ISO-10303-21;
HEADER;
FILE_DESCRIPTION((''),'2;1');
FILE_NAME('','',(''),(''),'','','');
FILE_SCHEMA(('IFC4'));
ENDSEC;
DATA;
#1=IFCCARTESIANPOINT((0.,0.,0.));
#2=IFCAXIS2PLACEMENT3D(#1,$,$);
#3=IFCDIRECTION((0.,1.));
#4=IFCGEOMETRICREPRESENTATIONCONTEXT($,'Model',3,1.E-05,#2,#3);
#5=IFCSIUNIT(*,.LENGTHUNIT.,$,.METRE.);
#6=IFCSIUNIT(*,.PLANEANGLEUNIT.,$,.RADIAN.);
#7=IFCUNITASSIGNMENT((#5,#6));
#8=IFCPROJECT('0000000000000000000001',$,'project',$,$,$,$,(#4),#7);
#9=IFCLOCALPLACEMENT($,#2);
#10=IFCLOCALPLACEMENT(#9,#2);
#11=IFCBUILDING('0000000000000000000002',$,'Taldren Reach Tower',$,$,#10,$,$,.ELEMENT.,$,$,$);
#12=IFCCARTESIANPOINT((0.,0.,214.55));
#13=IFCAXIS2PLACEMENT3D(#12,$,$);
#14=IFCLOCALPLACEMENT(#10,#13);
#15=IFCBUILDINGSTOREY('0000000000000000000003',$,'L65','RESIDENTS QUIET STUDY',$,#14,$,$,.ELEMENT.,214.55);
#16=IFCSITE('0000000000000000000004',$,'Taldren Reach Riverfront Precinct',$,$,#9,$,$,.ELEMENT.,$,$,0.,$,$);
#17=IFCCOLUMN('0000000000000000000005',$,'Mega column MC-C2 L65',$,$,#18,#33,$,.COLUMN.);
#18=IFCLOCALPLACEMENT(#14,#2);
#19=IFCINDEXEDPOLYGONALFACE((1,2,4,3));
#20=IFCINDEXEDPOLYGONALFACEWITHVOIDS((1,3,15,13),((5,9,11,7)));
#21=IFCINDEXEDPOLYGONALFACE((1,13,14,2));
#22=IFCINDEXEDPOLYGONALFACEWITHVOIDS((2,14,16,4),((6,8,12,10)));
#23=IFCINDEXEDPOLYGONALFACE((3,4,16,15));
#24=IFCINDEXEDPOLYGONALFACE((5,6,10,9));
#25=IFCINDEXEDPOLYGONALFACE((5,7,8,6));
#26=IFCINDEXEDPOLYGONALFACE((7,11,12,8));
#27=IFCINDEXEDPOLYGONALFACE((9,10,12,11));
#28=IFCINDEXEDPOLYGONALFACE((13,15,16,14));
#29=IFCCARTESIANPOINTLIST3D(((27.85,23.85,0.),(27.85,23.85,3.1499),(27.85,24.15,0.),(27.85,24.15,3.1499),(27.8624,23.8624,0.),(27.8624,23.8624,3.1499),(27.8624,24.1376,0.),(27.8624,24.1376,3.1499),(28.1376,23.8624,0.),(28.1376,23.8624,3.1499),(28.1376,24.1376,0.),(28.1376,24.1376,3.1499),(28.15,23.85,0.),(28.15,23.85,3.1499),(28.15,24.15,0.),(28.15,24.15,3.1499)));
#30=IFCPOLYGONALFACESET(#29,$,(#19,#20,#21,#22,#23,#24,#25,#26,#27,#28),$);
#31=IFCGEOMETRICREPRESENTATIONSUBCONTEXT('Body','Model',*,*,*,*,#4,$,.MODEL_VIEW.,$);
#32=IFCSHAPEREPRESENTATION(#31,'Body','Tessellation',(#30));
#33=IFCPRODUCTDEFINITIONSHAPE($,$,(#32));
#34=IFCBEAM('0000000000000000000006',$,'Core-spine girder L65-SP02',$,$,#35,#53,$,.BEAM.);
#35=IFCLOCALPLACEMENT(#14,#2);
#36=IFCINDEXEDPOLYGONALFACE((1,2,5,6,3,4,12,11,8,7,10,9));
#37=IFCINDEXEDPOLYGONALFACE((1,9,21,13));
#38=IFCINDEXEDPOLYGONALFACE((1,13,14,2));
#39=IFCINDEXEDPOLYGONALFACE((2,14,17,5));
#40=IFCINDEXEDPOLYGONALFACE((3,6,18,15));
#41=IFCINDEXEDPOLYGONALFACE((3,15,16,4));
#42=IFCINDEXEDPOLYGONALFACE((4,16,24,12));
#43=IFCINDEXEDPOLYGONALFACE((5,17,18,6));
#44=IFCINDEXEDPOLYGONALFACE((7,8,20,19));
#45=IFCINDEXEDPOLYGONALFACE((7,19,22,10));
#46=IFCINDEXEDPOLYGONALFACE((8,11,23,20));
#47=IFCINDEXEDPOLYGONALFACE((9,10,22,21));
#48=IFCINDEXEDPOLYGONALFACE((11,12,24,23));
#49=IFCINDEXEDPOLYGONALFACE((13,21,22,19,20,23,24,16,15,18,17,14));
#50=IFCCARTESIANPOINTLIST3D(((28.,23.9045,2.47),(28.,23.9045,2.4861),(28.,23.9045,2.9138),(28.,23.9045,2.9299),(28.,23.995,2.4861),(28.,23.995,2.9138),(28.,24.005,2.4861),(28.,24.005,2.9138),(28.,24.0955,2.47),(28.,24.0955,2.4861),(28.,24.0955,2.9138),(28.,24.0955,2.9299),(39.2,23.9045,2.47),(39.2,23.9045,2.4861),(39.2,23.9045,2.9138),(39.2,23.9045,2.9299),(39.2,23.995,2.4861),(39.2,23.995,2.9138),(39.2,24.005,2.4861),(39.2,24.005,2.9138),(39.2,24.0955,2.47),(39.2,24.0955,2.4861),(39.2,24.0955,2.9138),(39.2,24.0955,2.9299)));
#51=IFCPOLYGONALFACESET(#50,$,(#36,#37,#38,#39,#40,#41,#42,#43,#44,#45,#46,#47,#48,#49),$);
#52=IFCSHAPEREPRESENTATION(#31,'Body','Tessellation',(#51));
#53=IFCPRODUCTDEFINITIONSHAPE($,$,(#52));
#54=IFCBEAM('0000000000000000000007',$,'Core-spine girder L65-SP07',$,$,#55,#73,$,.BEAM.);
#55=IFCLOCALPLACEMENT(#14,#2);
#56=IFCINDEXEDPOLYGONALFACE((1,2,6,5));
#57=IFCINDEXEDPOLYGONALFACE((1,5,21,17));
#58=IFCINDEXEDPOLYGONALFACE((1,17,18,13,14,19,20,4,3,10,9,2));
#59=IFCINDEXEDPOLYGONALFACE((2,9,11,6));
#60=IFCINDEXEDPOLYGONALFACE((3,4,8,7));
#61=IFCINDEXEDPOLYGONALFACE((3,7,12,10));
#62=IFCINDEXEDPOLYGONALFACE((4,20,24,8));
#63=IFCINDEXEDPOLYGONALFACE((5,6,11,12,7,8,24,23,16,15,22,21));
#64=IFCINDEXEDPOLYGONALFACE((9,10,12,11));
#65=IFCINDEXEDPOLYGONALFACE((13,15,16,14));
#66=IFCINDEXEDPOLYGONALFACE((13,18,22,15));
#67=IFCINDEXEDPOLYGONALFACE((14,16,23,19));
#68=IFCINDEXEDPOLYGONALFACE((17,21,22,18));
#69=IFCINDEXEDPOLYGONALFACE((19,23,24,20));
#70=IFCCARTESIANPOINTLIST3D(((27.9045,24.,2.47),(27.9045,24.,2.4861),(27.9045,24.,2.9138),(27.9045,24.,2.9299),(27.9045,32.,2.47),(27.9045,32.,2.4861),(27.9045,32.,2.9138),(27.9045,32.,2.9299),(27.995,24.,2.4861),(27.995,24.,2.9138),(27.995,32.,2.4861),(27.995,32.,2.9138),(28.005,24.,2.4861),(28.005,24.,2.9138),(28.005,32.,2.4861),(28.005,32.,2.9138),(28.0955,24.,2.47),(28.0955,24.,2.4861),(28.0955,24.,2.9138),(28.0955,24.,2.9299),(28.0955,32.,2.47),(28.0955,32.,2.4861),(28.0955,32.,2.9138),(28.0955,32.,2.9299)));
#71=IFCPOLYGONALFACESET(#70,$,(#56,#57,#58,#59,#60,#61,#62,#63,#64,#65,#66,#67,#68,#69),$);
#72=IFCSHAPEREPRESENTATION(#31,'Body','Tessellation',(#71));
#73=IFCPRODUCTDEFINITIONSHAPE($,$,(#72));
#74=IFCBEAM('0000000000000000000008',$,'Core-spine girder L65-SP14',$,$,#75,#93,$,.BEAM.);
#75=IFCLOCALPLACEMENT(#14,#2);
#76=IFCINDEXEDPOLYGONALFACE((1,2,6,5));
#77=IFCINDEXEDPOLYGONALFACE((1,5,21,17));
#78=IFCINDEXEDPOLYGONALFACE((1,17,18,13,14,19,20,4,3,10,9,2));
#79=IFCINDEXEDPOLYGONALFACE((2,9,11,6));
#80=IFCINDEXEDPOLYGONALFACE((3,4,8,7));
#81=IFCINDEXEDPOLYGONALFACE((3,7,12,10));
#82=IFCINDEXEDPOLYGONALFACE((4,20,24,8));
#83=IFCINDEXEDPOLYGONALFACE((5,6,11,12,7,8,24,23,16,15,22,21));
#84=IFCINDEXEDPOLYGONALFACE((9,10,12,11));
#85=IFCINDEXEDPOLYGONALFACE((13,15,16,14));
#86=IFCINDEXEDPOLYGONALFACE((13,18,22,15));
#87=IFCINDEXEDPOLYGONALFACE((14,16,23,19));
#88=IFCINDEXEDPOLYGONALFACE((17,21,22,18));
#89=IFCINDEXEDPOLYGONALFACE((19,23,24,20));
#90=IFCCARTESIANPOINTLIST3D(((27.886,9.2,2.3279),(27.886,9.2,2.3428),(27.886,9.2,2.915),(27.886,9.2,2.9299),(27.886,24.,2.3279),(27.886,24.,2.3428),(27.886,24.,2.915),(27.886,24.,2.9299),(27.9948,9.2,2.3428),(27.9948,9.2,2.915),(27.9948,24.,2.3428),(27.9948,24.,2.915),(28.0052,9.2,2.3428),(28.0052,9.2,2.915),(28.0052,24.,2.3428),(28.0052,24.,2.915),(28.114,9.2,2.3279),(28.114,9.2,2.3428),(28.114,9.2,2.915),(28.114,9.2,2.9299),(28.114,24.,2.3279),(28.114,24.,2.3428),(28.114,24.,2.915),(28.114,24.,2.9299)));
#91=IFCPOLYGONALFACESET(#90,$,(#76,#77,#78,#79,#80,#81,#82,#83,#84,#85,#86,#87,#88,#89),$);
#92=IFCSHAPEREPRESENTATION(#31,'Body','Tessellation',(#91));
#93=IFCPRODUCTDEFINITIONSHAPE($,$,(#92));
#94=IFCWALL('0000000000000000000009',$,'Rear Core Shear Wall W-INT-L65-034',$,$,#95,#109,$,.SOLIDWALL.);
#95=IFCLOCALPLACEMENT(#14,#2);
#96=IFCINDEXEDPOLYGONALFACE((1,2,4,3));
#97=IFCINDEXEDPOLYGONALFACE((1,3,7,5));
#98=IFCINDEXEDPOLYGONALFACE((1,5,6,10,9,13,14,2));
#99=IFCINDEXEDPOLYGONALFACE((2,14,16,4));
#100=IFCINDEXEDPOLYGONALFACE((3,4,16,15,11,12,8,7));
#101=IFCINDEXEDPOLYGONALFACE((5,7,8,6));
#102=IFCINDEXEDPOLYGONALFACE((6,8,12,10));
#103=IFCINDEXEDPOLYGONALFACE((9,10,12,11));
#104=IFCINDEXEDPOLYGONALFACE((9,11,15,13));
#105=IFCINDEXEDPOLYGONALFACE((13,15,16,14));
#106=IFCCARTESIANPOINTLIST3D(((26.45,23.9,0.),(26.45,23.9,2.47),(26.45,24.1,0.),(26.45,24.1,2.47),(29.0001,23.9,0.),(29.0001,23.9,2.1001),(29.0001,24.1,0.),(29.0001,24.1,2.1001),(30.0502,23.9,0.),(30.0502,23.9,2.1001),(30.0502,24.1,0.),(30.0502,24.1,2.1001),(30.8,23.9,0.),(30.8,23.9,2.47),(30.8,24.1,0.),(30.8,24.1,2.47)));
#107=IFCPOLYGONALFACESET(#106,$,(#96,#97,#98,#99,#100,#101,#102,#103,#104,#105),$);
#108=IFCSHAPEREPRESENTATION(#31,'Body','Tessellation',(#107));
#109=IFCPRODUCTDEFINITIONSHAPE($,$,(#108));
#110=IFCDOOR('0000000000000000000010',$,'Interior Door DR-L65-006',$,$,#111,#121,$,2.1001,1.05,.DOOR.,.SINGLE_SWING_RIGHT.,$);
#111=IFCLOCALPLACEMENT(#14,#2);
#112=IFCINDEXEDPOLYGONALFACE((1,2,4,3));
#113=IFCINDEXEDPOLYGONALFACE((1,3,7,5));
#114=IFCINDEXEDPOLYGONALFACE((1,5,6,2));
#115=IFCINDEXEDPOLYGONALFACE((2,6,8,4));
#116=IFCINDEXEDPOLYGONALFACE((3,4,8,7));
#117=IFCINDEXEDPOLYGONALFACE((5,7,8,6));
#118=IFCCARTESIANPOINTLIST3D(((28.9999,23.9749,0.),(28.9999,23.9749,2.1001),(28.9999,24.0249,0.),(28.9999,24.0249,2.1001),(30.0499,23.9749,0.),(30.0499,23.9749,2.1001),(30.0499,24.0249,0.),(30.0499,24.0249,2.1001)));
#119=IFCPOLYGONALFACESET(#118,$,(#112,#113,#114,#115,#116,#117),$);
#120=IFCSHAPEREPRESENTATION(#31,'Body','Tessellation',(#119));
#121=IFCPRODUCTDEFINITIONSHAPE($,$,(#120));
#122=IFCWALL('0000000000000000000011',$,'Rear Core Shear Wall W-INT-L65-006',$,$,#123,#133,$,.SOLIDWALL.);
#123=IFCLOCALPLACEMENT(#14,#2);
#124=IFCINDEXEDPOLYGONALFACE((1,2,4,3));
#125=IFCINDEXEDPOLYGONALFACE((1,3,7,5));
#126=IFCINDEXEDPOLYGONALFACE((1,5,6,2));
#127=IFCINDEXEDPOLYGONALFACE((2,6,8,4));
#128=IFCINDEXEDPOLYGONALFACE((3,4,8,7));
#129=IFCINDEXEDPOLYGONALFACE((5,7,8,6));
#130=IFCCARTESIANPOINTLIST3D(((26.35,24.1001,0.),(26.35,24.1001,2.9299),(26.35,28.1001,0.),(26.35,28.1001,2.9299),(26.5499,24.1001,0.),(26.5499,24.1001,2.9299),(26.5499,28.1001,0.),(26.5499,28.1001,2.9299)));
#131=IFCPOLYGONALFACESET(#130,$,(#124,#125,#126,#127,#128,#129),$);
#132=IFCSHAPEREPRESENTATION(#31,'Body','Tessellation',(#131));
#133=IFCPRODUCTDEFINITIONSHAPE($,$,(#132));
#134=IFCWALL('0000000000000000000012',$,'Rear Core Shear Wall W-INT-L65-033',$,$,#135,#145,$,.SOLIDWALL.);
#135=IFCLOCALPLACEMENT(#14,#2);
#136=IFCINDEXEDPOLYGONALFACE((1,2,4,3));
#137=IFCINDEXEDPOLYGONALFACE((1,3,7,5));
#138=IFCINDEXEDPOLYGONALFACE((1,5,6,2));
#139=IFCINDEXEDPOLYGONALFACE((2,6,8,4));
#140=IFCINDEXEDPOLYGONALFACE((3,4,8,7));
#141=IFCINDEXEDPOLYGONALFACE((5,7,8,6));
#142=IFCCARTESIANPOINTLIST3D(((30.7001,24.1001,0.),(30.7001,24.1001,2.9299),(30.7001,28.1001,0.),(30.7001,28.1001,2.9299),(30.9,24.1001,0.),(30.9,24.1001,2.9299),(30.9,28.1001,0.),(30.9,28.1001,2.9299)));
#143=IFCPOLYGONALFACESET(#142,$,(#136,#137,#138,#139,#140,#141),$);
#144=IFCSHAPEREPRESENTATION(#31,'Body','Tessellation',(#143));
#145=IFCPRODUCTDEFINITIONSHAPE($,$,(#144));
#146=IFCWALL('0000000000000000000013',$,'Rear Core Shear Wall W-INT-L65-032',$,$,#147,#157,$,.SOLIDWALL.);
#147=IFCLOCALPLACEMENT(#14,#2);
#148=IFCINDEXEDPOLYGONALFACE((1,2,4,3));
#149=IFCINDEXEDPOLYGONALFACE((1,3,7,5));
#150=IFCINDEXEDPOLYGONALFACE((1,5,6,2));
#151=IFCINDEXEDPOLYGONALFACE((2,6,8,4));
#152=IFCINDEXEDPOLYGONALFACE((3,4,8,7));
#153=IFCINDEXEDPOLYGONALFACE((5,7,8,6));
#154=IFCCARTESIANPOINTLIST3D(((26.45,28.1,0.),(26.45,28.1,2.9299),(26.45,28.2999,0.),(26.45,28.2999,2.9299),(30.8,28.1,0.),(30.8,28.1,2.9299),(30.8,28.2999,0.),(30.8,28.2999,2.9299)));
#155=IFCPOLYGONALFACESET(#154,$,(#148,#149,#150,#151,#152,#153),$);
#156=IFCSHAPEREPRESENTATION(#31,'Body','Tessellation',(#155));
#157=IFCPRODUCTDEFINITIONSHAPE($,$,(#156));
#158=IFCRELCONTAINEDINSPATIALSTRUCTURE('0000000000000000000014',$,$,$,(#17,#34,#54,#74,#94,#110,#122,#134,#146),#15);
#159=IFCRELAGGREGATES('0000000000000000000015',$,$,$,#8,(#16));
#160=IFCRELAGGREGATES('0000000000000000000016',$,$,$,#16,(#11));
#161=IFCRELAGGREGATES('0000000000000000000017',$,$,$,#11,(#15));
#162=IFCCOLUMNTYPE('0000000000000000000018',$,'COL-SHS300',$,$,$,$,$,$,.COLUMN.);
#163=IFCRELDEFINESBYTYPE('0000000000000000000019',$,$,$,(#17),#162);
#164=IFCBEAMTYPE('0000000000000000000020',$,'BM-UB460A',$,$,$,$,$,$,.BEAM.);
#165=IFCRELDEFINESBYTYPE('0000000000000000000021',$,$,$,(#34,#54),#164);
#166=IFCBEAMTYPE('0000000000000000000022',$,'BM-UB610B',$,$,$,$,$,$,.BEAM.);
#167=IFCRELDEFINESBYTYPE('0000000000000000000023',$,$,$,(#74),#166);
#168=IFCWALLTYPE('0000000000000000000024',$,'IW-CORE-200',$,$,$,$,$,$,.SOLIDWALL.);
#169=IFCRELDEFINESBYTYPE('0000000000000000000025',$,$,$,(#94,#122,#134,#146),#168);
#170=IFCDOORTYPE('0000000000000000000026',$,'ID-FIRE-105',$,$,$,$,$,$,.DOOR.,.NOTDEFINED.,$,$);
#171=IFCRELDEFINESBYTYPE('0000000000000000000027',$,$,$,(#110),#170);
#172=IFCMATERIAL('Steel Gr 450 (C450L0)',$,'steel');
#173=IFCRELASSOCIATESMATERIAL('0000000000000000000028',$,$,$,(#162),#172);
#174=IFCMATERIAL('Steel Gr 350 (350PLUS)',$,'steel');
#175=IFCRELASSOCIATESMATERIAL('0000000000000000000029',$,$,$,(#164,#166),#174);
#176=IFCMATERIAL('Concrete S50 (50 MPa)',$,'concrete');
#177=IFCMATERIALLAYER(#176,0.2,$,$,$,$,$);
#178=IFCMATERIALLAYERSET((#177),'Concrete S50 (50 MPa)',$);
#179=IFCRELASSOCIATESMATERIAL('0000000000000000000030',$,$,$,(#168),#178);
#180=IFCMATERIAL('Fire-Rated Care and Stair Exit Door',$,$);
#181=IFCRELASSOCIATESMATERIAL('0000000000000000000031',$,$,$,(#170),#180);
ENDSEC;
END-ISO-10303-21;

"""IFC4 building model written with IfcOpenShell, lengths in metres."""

from ifc_helpers import new_model, si_unit, direction, frame, frame_2d, origin, origin_2d, place, context, subcontext, project, spatial, rectangle, hollow_rectangle, i_section, extrude, source, transform, mapped, material, layer, layer_set, material_profile, profile_set, type_object, element, fill, save


model = new_model("IFC4")

# Units and contexts
model_context = context("Model", 3, precision=1e-05, world=origin(), true_north=direction((0.0, 1.0)))
body_context = subcontext(model_context, "Body", "Model", "MODEL_VIEW")
ifc_project = project(units=[si_unit("LENGTHUNIT", "METRE"), si_unit("PLANEANGLEUNIT", "RADIAN")], contexts=[model_context])

# Site, building, storey
site_placement = place(None, origin())
site = spatial("IfcSite", under=ifc_project, at=site_placement, Name="Taldren Reach Riverfront Precinct", CompositionType="ELEMENT", RefElevation=0.0)
building_placement = place(site_placement, origin())
building = spatial("IfcBuilding", under=site, at=building_placement, Name="Taldren Reach Tower", CompositionType="ELEMENT")
storey_placement = place(building_placement, frame((0.0, 0.0, 214.55)))
storey = spatial("IfcBuildingStorey", under=building, at=storey_placement, Name="L65", Description="RESIDENTS QUIET STUDY", CompositionType="ELEMENT", Elevation=214.55)

# Column
ifc_material_1 = material(Name="Steel Gr 450 (C450L0)", Category="steel")
ifc_material_profile_1 = material_profile(ifc_material_1, hollow_rectangle(XDim=0.3, YDim=0.3, WallThickness=0.0125, at=origin_2d()), Name="300x300x12.5SHS")
ifc_profile_set_1 = profile_set([ifc_material_profile_1], Name="Steel Gr 450 (C450L0)")
column_type = type_object("IfcColumnType", Name="COL-SHS300", PredefinedType="COLUMN", material=ifc_profile_set_1)
shared_shape_1 = source(origin(), body_context, "Body", "SweptSolid", [
    extrude(hollow_rectangle(XDim=0.3, YDim=0.3, WallThickness=0.0125, at=origin_2d()), origin(), (0.0, 0.0, 1.0), 3.1499),
])
column_placement = place(storey_placement, frame((28.0, 24.0, 0.0), z_axis=(0.0, 0.0, 1.0), x_axis=(1.0, 0.0, 0.0)))
element("IfcColumn", 1, at=column_placement, inside=storey, type_object=column_type, Name="Mega column MC-C2 L65", PredefinedType="COLUMN", context=body_context, shape_type="MappedRepresentation", body=[
    mapped(shared_shape_1, transform((0.0, 0.0, 0.0), scale=1.0)),
])

# Beams
ifc_material_2 = material(Name="Steel Gr 350 (350PLUS)", Category="steel")
ifc_material_profile_2 = material_profile(ifc_material_2, i_section(OverallWidth=0.1909, OverallDepth=0.46, WebThickness=0.01, FlangeThickness=0.0161, at=origin_2d()), Name="460UB82.1")
ifc_profile_set_2 = profile_set([ifc_material_profile_2], Name="Steel Gr 350 (350PLUS)")
beam_type_1 = type_object("IfcBeamType", Name="BM-UB460A", PredefinedType="BEAM", material=ifc_profile_set_2)
shared_shape_2 = source(origin(), body_context, "Body", "SweptSolid", [
    extrude(i_section(OverallWidth=0.1909, OverallDepth=0.46, WebThickness=0.01, FlangeThickness=0.0161, at=origin_2d()), origin(), (0.0, 0.0, 1.0), 11.2),
])
beam_1_placement = place(storey_placement, frame((28.0, 24.0, 2.7), z_axis=(1.0, 0.0, 0.0), x_axis=(0.0, 1.0, 0.0)))
element("IfcBeam", 2, at=beam_1_placement, inside=storey, type_object=beam_type_1, Name="Core-spine girder L65-SP02", PredefinedType="BEAM", context=body_context, shape_type="MappedRepresentation", body=[
    mapped(shared_shape_2, transform((0.0, 0.0, 0.0), scale=1.0)),
])
shared_shape_3 = source(origin(), body_context, "Body", "SweptSolid", [
    extrude(i_section(OverallWidth=0.1909, OverallDepth=0.46, WebThickness=0.01, FlangeThickness=0.0161, at=origin_2d()), origin(), (0.0, 0.0, 1.0), 8.0),
])
beam_2_placement = place(storey_placement, frame((28.0, 24.0, 2.7), z_axis=(0.0, 1.0, 0.0), x_axis=(-1.0, 0.0, 0.0)))
element("IfcBeam", 3, at=beam_2_placement, inside=storey, type_object=beam_type_1, Name="Core-spine girder L65-SP07", PredefinedType="BEAM", context=body_context, shape_type="MappedRepresentation", body=[
    mapped(shared_shape_3, transform((0.0, 0.0, 0.0), scale=1.0)),
])
ifc_material_profile_3 = material_profile(ifc_material_2, i_section(OverallWidth=0.228, OverallDepth=0.6021, WebThickness=0.0105, FlangeThickness=0.0149, at=origin_2d()), Name="610UB101")
ifc_profile_set_3 = profile_set([ifc_material_profile_3], Name="Steel Gr 350 (350PLUS)")
beam_type_2 = type_object("IfcBeamType", Name="BM-UB610B", PredefinedType="BEAM", material=ifc_profile_set_3)
shared_shape_4 = source(origin(), body_context, "Body", "SweptSolid", [
    extrude(i_section(OverallWidth=0.228, OverallDepth=0.6021, WebThickness=0.0105, FlangeThickness=0.0149, at=origin_2d()), origin(), (0.0, 0.0, 1.0), 14.8),
])
beam_3_placement = place(storey_placement, frame((28.0, 24.0, 2.6289), z_axis=(0.0, -1.0, 0.0), x_axis=(1.0, 0.0, 0.0)))
element("IfcBeam", 4, at=beam_3_placement, inside=storey, type_object=beam_type_2, Name="Core-spine girder L65-SP14", PredefinedType="BEAM", context=body_context, shape_type="MappedRepresentation", body=[
    mapped(shared_shape_4, transform((0.0, 0.0, 0.0), scale=1.0)),
])

# Wall, opening, door
ifc_material_3 = material(Name="Concrete S50 (50 MPa)", Category="concrete")
ifc_layer_1 = layer(ifc_material_3, 0.2)
ifc_layer_set_1 = layer_set([ifc_layer_1], Name="Concrete S50 (50 MPa)")
wall_type_1 = type_object("IfcWallType", Name="IW-CORE-200", PredefinedType="SOLIDWALL", material=ifc_layer_set_1)
shared_shape_5 = source(origin(), body_context, "Body", "SweptSolid", [
    extrude(rectangle(XDim=4.3501, YDim=0.2, at=frame_2d((2.175, 0.0))), origin(), (0.0, 0.0, 1.0), 2.47),
])
wall_1_placement = place(storey_placement, frame((30.8, 24.0, 0.0), z_axis=(0.0, 0.0, 1.0), x_axis=(-1.0, 0.0, 0.0)))
wall_1 = element("IfcWall", 5, at=wall_1_placement, inside=storey, type_object=wall_type_1, Name="Rear Core Shear Wall W-INT-L65-034", PredefinedType="SOLIDWALL", context=body_context, shape_type="MappedRepresentation", body=[
    mapped(shared_shape_5, transform((0.0, 0.0, 0.0), scale=1.0)),
])
shared_shape_6 = source(origin(), body_context, "Body", "SweptSolid", [
    extrude(rectangle(XDim=1.05, YDim=2.1001, at=frame_2d((0.5249, 1.05))), frame((0.0, 0.1099, 0.0), z_axis=(0.0, -1.0, 0.0), x_axis=(1.0, 0.0, 0.0)), (0.0, 0.0, 1.0), 0.22),
])
opening_1_placement = place(wall_1_placement, frame((0.75, 0.0, 0.0)))
opening_1 = element("IfcOpeningElement", 6, at=opening_1_placement, cuts=wall_1, PredefinedType="OPENING", context=body_context, shape_type="MappedRepresentation", body=[
    mapped(shared_shape_6, transform((0.0, 0.0, 0.0), scale=1.0)),
])
ifc_material_4 = material(Name="Fire-Rated Care and Stair Exit Door")
door_type_1 = type_object("IfcDoorType", Name="ID-FIRE-105", OperationType="NOTDEFINED", PredefinedType="DOOR", material=ifc_material_4)
shared_shape_7 = source(origin(), body_context, "Body", "SweptSolid", [
    extrude(rectangle(XDim=1.05, YDim=2.1001, at=frame_2d((0.5249, 1.05))), frame((0.0, 0.0249, 0.0), z_axis=(0.0, -1.0, 0.0), x_axis=(1.0, 0.0, 0.0)), (0.0, 0.0, 1.0), 0.05),
])
door_1_placement = place(opening_1_placement, frame((1.05, 0.0, 0.0), z_axis=(0.0, 0.0, 1.0), x_axis=(-1.0, 0.0, 0.0)))
door_1 = element("IfcDoor", 7, at=door_1_placement, inside=storey, type_object=door_type_1, Name="Interior Door DR-L65-006", OperationType="SINGLE_SWING_RIGHT", OverallHeight=2.1001, OverallWidth=1.05, PredefinedType="DOOR", context=body_context, shape_type="MappedRepresentation", body=[
    mapped(shared_shape_7, transform((0.0, 0.0, 0.0), scale=1.0)),
])
fill(opening_1, door_1)

# Walls
shared_shape_8 = source(origin(), body_context, "Body", "SweptSolid", [
    extrude(rectangle(XDim=4.0, YDim=0.2, at=frame_2d((2.0, 0.0))), origin(), (0.0, 0.0, 1.0), 2.9299),
])
for number, where, z_axis, x_axis, name in (
    (8, (26.45, 24.1001, 0.0), (0.0, 0.0, 1.0), (0.0, 1.0, 0.0), "Rear Core Shear Wall W-INT-L65-006"),
    (9, (30.8, 28.1001, 0.0), (0.0, 0.0, 1.0), (0.0, -1.0, 0.0), "Rear Core Shear Wall W-INT-L65-033"),
):
    element("IfcWall", number, at=place(storey_placement, frame(where, z_axis=z_axis, x_axis=x_axis)), inside=storey, type_object=wall_type_1, Name=name, PredefinedType="SOLIDWALL", context=body_context, shape_type="MappedRepresentation", body=[
        mapped(shared_shape_8, transform((0.0, 0.0, 0.0), scale=1.0)),
    ])
shared_shape_9 = source(origin(), body_context, "Body", "SweptSolid", [
    extrude(rectangle(XDim=4.3501, YDim=0.2, at=frame_2d((2.175, 0.0))), origin(), (0.0, 0.0, 1.0), 2.9299),
])
wall_2_placement = place(storey_placement, frame((26.45, 28.2, 0.0), z_axis=(0.0, 0.0, 1.0), x_axis=(1.0, 0.0, 0.0)))
element("IfcWall", 10, at=wall_2_placement, inside=storey, type_object=wall_type_1, Name="Rear Core Shear Wall W-INT-L65-032", PredefinedType="SOLIDWALL", context=body_context, shape_type="MappedRepresentation", body=[
    mapped(shared_shape_9, transform((0.0, 0.0, 0.0), scale=1.0)),
])

save(model, "model.ifc")
